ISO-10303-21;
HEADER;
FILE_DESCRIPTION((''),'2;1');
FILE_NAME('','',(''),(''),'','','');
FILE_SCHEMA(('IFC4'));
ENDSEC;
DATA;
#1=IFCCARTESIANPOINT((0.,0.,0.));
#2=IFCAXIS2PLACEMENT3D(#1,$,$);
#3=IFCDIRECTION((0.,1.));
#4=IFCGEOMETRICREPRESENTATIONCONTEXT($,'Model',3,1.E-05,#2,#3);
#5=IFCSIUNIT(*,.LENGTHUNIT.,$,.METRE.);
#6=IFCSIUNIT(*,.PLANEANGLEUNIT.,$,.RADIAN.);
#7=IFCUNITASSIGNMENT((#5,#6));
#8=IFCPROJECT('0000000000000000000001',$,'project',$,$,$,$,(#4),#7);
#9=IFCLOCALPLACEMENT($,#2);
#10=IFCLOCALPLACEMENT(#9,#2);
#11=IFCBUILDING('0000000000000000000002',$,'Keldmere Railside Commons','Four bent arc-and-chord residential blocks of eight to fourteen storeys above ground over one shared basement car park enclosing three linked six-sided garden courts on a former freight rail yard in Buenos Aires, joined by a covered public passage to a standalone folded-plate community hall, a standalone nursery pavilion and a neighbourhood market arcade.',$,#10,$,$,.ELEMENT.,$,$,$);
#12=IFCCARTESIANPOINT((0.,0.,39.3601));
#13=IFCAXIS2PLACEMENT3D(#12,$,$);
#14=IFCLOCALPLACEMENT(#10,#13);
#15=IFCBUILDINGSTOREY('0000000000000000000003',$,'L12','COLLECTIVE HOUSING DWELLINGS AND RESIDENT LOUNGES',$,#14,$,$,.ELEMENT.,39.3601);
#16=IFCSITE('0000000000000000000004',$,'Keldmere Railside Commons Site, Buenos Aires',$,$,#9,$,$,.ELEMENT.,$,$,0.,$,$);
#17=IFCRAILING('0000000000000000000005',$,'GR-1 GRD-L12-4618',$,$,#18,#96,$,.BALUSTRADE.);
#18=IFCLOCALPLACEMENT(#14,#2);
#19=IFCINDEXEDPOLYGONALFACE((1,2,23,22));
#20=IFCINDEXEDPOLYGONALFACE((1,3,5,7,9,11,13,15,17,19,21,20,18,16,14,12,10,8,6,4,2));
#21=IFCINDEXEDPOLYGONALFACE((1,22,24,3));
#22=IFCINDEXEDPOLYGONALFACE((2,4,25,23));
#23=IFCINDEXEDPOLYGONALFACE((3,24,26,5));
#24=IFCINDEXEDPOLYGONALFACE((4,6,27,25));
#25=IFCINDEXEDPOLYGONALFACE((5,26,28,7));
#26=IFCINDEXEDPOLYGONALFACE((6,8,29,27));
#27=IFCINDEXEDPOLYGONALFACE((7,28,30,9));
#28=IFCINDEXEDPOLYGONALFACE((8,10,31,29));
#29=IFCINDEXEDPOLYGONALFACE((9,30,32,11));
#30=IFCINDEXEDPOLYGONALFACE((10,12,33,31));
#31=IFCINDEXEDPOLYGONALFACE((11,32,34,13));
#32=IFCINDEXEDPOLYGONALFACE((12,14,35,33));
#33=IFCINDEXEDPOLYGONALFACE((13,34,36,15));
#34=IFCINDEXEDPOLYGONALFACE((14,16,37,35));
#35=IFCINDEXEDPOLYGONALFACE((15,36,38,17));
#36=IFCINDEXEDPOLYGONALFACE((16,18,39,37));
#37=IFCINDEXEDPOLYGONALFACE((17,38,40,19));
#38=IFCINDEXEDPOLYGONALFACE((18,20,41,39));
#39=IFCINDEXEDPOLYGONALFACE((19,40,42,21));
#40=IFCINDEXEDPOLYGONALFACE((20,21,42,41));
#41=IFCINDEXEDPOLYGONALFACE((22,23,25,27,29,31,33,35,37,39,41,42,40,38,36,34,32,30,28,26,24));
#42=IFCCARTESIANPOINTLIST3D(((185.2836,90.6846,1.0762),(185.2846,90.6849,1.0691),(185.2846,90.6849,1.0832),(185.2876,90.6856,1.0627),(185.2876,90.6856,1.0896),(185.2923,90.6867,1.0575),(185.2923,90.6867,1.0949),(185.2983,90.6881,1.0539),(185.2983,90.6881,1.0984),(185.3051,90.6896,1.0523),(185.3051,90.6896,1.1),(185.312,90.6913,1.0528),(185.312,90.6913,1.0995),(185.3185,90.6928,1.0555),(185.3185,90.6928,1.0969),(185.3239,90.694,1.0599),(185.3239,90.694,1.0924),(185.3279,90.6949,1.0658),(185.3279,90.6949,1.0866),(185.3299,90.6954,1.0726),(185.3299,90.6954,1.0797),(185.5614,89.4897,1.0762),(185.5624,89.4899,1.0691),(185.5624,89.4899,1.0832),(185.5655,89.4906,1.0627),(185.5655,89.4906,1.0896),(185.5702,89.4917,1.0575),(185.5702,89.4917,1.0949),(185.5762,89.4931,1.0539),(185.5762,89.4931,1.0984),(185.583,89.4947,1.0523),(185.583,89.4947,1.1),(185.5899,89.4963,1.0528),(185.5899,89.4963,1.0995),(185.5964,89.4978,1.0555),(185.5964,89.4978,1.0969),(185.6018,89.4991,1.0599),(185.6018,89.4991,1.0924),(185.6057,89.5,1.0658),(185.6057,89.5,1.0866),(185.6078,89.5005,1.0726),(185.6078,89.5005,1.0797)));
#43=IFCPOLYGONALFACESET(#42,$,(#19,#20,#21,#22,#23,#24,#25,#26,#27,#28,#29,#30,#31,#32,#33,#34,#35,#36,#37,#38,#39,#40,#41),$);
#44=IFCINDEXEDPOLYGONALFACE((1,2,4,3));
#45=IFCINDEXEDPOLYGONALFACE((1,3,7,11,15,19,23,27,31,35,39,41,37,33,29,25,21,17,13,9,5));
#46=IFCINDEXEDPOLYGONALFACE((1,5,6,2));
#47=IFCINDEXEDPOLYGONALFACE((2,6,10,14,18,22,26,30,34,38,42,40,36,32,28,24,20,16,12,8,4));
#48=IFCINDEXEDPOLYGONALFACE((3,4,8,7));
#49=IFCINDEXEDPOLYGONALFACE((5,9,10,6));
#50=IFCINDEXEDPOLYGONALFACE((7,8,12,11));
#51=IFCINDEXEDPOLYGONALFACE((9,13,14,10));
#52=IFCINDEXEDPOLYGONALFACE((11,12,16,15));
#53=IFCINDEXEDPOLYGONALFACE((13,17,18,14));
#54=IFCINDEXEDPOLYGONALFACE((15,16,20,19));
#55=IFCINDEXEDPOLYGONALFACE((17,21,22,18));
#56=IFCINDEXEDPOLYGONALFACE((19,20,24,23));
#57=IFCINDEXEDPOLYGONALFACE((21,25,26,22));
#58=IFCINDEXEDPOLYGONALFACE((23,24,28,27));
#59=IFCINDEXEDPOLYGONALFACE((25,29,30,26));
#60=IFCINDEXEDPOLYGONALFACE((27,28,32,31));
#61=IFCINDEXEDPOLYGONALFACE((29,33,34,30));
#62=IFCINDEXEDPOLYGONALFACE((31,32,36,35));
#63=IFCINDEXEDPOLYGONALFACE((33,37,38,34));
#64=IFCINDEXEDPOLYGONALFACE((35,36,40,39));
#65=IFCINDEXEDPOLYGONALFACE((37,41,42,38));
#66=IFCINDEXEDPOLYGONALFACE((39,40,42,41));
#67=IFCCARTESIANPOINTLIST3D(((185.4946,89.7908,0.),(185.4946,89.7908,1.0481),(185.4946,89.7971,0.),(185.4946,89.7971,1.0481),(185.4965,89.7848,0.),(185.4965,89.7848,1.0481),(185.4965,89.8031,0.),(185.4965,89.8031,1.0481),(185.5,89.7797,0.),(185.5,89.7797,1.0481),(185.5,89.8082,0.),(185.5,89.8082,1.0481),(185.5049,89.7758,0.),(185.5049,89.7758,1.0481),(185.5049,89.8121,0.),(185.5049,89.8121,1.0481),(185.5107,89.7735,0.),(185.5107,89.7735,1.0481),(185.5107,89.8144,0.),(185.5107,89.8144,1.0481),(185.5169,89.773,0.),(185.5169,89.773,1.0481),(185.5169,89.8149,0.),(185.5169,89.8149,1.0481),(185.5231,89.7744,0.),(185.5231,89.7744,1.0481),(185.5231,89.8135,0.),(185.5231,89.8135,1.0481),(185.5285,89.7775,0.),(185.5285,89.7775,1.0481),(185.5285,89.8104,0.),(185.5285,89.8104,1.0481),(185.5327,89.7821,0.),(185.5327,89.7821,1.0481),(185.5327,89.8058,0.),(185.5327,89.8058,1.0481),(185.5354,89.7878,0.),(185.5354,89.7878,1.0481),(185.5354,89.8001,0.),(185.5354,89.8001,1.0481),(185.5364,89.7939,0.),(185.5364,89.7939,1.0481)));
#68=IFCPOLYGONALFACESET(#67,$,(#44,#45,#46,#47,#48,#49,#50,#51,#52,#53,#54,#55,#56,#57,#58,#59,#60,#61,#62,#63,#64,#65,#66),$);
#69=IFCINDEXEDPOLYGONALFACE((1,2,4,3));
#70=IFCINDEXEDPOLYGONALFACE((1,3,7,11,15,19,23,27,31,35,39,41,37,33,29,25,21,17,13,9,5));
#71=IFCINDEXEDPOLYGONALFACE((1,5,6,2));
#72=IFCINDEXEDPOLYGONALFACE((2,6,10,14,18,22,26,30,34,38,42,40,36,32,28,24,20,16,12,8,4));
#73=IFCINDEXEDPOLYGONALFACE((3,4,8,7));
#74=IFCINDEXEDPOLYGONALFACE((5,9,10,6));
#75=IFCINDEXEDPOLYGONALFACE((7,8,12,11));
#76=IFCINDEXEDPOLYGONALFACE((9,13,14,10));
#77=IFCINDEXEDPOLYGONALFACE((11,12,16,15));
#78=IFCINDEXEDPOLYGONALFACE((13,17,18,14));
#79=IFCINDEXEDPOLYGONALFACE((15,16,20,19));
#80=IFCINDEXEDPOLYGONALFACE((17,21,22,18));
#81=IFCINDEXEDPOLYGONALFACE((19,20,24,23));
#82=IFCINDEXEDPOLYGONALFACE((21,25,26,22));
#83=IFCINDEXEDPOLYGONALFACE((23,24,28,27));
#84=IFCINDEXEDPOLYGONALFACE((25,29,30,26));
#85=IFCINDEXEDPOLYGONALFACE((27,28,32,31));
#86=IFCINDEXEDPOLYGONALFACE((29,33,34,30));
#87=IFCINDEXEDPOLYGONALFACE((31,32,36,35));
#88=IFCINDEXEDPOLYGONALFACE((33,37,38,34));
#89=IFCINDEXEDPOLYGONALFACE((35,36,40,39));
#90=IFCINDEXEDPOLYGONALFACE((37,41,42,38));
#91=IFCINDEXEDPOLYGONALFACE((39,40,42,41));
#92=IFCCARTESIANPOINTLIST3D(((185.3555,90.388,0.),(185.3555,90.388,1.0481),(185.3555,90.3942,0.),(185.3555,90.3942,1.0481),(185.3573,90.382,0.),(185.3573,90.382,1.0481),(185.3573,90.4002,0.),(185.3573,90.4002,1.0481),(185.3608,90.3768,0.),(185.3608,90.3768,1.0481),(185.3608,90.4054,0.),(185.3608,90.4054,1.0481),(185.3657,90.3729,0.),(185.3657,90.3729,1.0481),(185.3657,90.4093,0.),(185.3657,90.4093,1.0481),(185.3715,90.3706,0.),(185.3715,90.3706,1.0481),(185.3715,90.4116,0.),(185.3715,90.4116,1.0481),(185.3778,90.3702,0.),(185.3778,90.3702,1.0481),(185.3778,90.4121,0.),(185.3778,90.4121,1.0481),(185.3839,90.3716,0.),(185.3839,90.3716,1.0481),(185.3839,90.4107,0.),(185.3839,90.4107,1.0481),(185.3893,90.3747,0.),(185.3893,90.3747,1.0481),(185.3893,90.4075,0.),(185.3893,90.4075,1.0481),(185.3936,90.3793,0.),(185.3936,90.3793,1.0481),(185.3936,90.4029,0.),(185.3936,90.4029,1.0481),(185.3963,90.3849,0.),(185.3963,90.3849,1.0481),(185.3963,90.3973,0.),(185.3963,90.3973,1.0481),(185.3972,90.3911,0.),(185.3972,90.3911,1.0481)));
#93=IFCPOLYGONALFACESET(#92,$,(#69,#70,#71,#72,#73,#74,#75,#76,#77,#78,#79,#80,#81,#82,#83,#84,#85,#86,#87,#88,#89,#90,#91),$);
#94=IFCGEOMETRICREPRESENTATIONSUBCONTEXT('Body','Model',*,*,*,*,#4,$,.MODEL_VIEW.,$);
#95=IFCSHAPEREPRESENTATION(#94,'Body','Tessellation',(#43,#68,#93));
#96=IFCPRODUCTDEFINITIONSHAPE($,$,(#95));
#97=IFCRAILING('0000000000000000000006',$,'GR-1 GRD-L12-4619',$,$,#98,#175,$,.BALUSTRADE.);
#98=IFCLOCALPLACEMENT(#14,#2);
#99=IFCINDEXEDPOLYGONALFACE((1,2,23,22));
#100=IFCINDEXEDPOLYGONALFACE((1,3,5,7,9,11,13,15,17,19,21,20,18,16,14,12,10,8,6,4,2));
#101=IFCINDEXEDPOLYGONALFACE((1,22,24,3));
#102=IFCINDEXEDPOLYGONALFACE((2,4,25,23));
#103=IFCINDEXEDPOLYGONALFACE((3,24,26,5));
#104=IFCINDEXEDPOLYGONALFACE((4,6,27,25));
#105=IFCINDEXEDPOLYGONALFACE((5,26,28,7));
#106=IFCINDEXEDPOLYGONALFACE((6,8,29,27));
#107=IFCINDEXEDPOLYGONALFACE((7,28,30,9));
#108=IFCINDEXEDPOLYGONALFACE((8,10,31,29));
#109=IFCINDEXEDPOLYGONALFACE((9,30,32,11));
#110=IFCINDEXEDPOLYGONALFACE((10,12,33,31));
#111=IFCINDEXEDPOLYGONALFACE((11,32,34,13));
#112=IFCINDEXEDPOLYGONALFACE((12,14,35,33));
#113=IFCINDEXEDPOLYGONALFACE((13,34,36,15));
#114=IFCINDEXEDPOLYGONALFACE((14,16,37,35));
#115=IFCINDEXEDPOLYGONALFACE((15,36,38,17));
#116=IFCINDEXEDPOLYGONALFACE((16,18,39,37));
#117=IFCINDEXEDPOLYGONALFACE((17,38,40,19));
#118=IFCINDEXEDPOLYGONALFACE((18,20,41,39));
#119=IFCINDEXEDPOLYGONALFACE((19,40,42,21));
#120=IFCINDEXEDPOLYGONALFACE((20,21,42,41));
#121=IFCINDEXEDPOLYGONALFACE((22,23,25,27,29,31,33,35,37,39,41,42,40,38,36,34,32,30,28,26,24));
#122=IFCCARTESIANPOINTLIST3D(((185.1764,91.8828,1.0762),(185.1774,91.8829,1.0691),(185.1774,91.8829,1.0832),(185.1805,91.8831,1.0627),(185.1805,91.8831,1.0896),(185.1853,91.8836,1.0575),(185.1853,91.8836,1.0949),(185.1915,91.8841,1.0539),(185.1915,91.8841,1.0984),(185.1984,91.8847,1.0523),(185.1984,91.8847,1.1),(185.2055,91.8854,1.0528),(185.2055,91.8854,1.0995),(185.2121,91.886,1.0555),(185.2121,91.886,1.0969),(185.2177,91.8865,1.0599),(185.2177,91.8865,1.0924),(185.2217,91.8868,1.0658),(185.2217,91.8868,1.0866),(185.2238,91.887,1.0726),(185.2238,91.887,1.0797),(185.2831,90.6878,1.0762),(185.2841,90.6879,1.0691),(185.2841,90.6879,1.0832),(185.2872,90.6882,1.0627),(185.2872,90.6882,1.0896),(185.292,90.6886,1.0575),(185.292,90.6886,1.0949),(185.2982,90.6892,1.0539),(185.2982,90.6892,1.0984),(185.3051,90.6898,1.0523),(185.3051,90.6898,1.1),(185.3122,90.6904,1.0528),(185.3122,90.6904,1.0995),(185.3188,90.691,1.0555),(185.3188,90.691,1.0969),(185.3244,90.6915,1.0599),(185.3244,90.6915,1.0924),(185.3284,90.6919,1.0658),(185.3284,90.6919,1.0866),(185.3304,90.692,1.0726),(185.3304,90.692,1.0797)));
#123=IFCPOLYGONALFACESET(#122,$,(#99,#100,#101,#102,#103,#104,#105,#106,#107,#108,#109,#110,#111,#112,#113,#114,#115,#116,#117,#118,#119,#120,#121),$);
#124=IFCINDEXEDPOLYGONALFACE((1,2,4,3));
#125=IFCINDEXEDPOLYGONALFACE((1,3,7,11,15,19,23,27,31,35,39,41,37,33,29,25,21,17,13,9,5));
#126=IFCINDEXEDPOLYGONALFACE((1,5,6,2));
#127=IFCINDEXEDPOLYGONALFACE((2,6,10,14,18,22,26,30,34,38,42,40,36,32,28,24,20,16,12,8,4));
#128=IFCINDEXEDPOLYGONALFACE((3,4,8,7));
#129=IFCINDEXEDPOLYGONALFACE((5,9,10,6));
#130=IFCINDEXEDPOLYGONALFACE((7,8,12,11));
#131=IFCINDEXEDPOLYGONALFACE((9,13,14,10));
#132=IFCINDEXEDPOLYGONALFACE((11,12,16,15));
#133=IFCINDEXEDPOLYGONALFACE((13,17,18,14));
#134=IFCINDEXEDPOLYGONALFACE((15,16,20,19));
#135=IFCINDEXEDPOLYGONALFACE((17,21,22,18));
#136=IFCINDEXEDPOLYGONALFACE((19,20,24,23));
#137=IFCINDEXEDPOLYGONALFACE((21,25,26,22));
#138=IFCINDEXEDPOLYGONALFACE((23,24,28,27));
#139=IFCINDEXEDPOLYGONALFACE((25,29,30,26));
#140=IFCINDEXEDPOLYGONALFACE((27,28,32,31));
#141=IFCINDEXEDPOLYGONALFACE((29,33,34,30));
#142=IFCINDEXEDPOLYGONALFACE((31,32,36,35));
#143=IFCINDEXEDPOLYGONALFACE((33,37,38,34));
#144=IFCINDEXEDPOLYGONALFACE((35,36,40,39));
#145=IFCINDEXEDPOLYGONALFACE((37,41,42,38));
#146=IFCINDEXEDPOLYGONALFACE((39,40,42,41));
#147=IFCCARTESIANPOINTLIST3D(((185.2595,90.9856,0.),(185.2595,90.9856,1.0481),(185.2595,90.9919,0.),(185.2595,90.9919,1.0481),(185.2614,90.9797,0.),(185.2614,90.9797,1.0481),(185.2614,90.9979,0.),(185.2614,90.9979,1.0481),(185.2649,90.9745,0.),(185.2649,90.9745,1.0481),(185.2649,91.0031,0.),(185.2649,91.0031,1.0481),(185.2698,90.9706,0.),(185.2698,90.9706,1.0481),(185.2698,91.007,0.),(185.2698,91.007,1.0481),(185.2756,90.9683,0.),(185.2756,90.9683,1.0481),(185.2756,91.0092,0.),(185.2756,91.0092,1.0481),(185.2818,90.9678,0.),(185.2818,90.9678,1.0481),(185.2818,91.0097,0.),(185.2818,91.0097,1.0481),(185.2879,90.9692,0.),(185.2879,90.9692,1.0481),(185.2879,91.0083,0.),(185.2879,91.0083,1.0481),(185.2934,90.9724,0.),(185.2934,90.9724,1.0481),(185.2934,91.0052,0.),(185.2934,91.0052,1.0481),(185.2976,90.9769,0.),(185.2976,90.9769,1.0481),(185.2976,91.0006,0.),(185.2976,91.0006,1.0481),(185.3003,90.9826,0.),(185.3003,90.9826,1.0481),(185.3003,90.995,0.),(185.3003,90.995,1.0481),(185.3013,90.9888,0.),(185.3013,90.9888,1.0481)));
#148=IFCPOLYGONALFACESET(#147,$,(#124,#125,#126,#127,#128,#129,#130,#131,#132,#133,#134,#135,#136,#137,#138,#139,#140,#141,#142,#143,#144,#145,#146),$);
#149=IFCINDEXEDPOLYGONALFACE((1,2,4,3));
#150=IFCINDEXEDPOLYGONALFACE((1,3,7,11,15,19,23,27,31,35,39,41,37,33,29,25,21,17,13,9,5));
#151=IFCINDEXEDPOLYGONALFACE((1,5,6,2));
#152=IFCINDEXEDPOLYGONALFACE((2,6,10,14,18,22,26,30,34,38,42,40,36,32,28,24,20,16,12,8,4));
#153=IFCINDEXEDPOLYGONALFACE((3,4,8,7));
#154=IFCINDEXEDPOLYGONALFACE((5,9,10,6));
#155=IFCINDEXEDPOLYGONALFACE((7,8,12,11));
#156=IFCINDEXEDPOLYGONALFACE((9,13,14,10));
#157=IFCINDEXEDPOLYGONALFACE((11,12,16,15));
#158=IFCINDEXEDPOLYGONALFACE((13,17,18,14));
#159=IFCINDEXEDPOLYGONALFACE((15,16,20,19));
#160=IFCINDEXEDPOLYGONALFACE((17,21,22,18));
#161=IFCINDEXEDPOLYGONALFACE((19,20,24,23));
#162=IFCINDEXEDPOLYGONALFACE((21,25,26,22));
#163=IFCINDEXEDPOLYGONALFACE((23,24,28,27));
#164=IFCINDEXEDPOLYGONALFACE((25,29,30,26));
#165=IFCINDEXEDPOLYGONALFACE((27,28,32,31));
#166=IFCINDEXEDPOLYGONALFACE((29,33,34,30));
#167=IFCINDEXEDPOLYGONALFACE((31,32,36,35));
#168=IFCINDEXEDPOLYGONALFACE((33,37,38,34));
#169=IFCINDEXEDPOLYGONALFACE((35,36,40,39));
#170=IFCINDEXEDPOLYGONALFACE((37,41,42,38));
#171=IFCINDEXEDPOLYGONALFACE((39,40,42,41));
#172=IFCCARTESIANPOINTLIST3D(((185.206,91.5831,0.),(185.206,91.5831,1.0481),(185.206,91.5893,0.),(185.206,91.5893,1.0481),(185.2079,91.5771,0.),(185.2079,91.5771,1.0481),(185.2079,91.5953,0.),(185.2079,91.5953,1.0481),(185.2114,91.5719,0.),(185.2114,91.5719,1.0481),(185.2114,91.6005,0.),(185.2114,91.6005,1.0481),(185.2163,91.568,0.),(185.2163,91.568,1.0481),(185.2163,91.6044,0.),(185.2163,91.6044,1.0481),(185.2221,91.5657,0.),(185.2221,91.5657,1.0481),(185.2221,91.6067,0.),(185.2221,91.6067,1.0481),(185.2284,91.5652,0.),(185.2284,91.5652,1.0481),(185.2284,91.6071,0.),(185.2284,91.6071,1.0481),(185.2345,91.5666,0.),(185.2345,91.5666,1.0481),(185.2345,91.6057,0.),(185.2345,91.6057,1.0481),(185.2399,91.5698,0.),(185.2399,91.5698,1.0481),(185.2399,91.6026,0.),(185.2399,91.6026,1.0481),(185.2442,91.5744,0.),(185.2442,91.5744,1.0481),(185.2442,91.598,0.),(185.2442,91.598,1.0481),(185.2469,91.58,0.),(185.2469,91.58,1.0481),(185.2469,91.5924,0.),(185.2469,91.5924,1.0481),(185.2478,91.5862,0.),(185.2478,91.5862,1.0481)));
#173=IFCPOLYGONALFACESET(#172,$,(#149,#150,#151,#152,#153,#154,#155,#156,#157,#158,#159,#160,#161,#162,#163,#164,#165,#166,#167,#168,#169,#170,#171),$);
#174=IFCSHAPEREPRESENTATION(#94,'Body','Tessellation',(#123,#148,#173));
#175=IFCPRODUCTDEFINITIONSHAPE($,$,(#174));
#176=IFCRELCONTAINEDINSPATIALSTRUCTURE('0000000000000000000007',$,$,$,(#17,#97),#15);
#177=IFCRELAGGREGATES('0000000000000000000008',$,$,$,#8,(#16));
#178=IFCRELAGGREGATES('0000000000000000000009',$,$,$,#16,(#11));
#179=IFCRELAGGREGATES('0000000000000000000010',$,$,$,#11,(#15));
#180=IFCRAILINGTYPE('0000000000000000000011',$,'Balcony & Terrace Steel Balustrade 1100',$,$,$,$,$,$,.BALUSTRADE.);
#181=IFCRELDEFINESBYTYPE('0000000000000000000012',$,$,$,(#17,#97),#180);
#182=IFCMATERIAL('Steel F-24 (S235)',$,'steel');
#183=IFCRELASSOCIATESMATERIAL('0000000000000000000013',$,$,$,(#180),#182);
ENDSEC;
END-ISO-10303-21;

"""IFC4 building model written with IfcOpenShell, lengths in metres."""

from ifc_helpers import new_model, si_unit, direction, frame, origin, origin_2d, place, context, subcontext, project, spatial, circle, extrude, material, type_object, element, save


model = new_model("IFC4")

# Units and contexts
model_context = context("Model", 3, precision=1e-05, world=origin(), true_north=direction((0.0, 1.0)))
body_context = subcontext(model_context, "Body", "Model", "MODEL_VIEW")
ifc_project = project(units=[si_unit("LENGTHUNIT", "METRE"), si_unit("PLANEANGLEUNIT", "RADIAN")], contexts=[model_context])

# Site, building, storey
site_placement = place(None, origin())
site = spatial("IfcSite", under=ifc_project, at=site_placement, Name="Keldmere Railside Commons Site, Buenos Aires", CompositionType="ELEMENT", RefElevation=0.0)
building_placement = place(site_placement, origin())
building = spatial("IfcBuilding", under=site, at=building_placement, Name="Keldmere Railside Commons", Description="Four bent arc-and-chord residential blocks of eight to fourteen storeys above ground over one shared basement car park enclosing three linked six-sided garden courts on a former freight rail yard in Buenos Aires, joined by a covered public passage to a standalone folded-plate community hall, a standalone nursery pavilion and a neighbourhood market arcade.", CompositionType="ELEMENT")
storey_placement = place(building_placement, frame((0.0, 0.0, 39.3601)))
storey = spatial("IfcBuildingStorey", under=building, at=storey_placement, Name="L12", Description="COLLECTIVE HOUSING DWELLINGS AND RESIDENT LOUNGES", CompositionType="ELEMENT", Elevation=39.3601)

# Railings
ifc_material_1 = material(Name="Steel F-24 (S235)", Category="steel")
railing_type = type_object("IfcRailingType", Name="Balcony & Terrace Steel Balustrade 1100", PredefinedType="BALUSTRADE", material=ifc_material_1)
railing_1_placement = place(storey_placement, frame((185.5847, 89.4951, 0.0)))
element("IfcRailing", 1, at=railing_1_placement, inside=storey, type_object=railing_type, Name="GR-1 GRD-L12-4618", PredefinedType="BALUSTRADE", context=body_context, shape_type="SweptSolid", body=[
    extrude(circle(Radius=0.0239, at=origin_2d()), frame((0.0, 0.0, 1.0762), z_axis=(-0.226487, 0.974014, 0.0), x_axis=(-0.974014, -0.226487, 0.0)), (0.0, 0.0, 1.0), 1.2268),
    extrude(circle(Radius=0.021, at=origin_2d()), frame((-0.0693, 0.2988, 0.0)), (0.0, 0.0, 1.0), 1.0481),
    extrude(circle(Radius=0.021, at=origin_2d()), frame((-0.2085, 0.896, 0.0)), (0.0, 0.0, 1.0), 1.0481),
])
railing_2_placement = place(storey_placement, frame((185.3069, 90.6899, 0.0)))
element("IfcRailing", 2, at=railing_2_placement, inside=storey, type_object=railing_type, Name="GR-1 GRD-L12-4619", PredefinedType="BALUSTRADE", context=body_context, shape_type="SweptSolid", body=[
    extrude(circle(Radius=0.0239, at=origin_2d()), frame((0.0, 0.0, 1.0762), z_axis=(-0.088921, 0.996039, 0.0), x_axis=(-0.996039, -0.088921, 0.0)), (0.0, 0.0, 1.0), 1.1997),
    extrude(circle(Radius=0.021, at=origin_2d()), frame((-0.0266, 0.2988, 0.0)), (0.0, 0.0, 1.0), 1.0481),
    extrude(circle(Radius=0.021, at=origin_2d()), frame((-0.0801, 0.8962, 0.0)), (0.0, 0.0, 1.0), 1.0481),
])

save(model, "model.ifc")
